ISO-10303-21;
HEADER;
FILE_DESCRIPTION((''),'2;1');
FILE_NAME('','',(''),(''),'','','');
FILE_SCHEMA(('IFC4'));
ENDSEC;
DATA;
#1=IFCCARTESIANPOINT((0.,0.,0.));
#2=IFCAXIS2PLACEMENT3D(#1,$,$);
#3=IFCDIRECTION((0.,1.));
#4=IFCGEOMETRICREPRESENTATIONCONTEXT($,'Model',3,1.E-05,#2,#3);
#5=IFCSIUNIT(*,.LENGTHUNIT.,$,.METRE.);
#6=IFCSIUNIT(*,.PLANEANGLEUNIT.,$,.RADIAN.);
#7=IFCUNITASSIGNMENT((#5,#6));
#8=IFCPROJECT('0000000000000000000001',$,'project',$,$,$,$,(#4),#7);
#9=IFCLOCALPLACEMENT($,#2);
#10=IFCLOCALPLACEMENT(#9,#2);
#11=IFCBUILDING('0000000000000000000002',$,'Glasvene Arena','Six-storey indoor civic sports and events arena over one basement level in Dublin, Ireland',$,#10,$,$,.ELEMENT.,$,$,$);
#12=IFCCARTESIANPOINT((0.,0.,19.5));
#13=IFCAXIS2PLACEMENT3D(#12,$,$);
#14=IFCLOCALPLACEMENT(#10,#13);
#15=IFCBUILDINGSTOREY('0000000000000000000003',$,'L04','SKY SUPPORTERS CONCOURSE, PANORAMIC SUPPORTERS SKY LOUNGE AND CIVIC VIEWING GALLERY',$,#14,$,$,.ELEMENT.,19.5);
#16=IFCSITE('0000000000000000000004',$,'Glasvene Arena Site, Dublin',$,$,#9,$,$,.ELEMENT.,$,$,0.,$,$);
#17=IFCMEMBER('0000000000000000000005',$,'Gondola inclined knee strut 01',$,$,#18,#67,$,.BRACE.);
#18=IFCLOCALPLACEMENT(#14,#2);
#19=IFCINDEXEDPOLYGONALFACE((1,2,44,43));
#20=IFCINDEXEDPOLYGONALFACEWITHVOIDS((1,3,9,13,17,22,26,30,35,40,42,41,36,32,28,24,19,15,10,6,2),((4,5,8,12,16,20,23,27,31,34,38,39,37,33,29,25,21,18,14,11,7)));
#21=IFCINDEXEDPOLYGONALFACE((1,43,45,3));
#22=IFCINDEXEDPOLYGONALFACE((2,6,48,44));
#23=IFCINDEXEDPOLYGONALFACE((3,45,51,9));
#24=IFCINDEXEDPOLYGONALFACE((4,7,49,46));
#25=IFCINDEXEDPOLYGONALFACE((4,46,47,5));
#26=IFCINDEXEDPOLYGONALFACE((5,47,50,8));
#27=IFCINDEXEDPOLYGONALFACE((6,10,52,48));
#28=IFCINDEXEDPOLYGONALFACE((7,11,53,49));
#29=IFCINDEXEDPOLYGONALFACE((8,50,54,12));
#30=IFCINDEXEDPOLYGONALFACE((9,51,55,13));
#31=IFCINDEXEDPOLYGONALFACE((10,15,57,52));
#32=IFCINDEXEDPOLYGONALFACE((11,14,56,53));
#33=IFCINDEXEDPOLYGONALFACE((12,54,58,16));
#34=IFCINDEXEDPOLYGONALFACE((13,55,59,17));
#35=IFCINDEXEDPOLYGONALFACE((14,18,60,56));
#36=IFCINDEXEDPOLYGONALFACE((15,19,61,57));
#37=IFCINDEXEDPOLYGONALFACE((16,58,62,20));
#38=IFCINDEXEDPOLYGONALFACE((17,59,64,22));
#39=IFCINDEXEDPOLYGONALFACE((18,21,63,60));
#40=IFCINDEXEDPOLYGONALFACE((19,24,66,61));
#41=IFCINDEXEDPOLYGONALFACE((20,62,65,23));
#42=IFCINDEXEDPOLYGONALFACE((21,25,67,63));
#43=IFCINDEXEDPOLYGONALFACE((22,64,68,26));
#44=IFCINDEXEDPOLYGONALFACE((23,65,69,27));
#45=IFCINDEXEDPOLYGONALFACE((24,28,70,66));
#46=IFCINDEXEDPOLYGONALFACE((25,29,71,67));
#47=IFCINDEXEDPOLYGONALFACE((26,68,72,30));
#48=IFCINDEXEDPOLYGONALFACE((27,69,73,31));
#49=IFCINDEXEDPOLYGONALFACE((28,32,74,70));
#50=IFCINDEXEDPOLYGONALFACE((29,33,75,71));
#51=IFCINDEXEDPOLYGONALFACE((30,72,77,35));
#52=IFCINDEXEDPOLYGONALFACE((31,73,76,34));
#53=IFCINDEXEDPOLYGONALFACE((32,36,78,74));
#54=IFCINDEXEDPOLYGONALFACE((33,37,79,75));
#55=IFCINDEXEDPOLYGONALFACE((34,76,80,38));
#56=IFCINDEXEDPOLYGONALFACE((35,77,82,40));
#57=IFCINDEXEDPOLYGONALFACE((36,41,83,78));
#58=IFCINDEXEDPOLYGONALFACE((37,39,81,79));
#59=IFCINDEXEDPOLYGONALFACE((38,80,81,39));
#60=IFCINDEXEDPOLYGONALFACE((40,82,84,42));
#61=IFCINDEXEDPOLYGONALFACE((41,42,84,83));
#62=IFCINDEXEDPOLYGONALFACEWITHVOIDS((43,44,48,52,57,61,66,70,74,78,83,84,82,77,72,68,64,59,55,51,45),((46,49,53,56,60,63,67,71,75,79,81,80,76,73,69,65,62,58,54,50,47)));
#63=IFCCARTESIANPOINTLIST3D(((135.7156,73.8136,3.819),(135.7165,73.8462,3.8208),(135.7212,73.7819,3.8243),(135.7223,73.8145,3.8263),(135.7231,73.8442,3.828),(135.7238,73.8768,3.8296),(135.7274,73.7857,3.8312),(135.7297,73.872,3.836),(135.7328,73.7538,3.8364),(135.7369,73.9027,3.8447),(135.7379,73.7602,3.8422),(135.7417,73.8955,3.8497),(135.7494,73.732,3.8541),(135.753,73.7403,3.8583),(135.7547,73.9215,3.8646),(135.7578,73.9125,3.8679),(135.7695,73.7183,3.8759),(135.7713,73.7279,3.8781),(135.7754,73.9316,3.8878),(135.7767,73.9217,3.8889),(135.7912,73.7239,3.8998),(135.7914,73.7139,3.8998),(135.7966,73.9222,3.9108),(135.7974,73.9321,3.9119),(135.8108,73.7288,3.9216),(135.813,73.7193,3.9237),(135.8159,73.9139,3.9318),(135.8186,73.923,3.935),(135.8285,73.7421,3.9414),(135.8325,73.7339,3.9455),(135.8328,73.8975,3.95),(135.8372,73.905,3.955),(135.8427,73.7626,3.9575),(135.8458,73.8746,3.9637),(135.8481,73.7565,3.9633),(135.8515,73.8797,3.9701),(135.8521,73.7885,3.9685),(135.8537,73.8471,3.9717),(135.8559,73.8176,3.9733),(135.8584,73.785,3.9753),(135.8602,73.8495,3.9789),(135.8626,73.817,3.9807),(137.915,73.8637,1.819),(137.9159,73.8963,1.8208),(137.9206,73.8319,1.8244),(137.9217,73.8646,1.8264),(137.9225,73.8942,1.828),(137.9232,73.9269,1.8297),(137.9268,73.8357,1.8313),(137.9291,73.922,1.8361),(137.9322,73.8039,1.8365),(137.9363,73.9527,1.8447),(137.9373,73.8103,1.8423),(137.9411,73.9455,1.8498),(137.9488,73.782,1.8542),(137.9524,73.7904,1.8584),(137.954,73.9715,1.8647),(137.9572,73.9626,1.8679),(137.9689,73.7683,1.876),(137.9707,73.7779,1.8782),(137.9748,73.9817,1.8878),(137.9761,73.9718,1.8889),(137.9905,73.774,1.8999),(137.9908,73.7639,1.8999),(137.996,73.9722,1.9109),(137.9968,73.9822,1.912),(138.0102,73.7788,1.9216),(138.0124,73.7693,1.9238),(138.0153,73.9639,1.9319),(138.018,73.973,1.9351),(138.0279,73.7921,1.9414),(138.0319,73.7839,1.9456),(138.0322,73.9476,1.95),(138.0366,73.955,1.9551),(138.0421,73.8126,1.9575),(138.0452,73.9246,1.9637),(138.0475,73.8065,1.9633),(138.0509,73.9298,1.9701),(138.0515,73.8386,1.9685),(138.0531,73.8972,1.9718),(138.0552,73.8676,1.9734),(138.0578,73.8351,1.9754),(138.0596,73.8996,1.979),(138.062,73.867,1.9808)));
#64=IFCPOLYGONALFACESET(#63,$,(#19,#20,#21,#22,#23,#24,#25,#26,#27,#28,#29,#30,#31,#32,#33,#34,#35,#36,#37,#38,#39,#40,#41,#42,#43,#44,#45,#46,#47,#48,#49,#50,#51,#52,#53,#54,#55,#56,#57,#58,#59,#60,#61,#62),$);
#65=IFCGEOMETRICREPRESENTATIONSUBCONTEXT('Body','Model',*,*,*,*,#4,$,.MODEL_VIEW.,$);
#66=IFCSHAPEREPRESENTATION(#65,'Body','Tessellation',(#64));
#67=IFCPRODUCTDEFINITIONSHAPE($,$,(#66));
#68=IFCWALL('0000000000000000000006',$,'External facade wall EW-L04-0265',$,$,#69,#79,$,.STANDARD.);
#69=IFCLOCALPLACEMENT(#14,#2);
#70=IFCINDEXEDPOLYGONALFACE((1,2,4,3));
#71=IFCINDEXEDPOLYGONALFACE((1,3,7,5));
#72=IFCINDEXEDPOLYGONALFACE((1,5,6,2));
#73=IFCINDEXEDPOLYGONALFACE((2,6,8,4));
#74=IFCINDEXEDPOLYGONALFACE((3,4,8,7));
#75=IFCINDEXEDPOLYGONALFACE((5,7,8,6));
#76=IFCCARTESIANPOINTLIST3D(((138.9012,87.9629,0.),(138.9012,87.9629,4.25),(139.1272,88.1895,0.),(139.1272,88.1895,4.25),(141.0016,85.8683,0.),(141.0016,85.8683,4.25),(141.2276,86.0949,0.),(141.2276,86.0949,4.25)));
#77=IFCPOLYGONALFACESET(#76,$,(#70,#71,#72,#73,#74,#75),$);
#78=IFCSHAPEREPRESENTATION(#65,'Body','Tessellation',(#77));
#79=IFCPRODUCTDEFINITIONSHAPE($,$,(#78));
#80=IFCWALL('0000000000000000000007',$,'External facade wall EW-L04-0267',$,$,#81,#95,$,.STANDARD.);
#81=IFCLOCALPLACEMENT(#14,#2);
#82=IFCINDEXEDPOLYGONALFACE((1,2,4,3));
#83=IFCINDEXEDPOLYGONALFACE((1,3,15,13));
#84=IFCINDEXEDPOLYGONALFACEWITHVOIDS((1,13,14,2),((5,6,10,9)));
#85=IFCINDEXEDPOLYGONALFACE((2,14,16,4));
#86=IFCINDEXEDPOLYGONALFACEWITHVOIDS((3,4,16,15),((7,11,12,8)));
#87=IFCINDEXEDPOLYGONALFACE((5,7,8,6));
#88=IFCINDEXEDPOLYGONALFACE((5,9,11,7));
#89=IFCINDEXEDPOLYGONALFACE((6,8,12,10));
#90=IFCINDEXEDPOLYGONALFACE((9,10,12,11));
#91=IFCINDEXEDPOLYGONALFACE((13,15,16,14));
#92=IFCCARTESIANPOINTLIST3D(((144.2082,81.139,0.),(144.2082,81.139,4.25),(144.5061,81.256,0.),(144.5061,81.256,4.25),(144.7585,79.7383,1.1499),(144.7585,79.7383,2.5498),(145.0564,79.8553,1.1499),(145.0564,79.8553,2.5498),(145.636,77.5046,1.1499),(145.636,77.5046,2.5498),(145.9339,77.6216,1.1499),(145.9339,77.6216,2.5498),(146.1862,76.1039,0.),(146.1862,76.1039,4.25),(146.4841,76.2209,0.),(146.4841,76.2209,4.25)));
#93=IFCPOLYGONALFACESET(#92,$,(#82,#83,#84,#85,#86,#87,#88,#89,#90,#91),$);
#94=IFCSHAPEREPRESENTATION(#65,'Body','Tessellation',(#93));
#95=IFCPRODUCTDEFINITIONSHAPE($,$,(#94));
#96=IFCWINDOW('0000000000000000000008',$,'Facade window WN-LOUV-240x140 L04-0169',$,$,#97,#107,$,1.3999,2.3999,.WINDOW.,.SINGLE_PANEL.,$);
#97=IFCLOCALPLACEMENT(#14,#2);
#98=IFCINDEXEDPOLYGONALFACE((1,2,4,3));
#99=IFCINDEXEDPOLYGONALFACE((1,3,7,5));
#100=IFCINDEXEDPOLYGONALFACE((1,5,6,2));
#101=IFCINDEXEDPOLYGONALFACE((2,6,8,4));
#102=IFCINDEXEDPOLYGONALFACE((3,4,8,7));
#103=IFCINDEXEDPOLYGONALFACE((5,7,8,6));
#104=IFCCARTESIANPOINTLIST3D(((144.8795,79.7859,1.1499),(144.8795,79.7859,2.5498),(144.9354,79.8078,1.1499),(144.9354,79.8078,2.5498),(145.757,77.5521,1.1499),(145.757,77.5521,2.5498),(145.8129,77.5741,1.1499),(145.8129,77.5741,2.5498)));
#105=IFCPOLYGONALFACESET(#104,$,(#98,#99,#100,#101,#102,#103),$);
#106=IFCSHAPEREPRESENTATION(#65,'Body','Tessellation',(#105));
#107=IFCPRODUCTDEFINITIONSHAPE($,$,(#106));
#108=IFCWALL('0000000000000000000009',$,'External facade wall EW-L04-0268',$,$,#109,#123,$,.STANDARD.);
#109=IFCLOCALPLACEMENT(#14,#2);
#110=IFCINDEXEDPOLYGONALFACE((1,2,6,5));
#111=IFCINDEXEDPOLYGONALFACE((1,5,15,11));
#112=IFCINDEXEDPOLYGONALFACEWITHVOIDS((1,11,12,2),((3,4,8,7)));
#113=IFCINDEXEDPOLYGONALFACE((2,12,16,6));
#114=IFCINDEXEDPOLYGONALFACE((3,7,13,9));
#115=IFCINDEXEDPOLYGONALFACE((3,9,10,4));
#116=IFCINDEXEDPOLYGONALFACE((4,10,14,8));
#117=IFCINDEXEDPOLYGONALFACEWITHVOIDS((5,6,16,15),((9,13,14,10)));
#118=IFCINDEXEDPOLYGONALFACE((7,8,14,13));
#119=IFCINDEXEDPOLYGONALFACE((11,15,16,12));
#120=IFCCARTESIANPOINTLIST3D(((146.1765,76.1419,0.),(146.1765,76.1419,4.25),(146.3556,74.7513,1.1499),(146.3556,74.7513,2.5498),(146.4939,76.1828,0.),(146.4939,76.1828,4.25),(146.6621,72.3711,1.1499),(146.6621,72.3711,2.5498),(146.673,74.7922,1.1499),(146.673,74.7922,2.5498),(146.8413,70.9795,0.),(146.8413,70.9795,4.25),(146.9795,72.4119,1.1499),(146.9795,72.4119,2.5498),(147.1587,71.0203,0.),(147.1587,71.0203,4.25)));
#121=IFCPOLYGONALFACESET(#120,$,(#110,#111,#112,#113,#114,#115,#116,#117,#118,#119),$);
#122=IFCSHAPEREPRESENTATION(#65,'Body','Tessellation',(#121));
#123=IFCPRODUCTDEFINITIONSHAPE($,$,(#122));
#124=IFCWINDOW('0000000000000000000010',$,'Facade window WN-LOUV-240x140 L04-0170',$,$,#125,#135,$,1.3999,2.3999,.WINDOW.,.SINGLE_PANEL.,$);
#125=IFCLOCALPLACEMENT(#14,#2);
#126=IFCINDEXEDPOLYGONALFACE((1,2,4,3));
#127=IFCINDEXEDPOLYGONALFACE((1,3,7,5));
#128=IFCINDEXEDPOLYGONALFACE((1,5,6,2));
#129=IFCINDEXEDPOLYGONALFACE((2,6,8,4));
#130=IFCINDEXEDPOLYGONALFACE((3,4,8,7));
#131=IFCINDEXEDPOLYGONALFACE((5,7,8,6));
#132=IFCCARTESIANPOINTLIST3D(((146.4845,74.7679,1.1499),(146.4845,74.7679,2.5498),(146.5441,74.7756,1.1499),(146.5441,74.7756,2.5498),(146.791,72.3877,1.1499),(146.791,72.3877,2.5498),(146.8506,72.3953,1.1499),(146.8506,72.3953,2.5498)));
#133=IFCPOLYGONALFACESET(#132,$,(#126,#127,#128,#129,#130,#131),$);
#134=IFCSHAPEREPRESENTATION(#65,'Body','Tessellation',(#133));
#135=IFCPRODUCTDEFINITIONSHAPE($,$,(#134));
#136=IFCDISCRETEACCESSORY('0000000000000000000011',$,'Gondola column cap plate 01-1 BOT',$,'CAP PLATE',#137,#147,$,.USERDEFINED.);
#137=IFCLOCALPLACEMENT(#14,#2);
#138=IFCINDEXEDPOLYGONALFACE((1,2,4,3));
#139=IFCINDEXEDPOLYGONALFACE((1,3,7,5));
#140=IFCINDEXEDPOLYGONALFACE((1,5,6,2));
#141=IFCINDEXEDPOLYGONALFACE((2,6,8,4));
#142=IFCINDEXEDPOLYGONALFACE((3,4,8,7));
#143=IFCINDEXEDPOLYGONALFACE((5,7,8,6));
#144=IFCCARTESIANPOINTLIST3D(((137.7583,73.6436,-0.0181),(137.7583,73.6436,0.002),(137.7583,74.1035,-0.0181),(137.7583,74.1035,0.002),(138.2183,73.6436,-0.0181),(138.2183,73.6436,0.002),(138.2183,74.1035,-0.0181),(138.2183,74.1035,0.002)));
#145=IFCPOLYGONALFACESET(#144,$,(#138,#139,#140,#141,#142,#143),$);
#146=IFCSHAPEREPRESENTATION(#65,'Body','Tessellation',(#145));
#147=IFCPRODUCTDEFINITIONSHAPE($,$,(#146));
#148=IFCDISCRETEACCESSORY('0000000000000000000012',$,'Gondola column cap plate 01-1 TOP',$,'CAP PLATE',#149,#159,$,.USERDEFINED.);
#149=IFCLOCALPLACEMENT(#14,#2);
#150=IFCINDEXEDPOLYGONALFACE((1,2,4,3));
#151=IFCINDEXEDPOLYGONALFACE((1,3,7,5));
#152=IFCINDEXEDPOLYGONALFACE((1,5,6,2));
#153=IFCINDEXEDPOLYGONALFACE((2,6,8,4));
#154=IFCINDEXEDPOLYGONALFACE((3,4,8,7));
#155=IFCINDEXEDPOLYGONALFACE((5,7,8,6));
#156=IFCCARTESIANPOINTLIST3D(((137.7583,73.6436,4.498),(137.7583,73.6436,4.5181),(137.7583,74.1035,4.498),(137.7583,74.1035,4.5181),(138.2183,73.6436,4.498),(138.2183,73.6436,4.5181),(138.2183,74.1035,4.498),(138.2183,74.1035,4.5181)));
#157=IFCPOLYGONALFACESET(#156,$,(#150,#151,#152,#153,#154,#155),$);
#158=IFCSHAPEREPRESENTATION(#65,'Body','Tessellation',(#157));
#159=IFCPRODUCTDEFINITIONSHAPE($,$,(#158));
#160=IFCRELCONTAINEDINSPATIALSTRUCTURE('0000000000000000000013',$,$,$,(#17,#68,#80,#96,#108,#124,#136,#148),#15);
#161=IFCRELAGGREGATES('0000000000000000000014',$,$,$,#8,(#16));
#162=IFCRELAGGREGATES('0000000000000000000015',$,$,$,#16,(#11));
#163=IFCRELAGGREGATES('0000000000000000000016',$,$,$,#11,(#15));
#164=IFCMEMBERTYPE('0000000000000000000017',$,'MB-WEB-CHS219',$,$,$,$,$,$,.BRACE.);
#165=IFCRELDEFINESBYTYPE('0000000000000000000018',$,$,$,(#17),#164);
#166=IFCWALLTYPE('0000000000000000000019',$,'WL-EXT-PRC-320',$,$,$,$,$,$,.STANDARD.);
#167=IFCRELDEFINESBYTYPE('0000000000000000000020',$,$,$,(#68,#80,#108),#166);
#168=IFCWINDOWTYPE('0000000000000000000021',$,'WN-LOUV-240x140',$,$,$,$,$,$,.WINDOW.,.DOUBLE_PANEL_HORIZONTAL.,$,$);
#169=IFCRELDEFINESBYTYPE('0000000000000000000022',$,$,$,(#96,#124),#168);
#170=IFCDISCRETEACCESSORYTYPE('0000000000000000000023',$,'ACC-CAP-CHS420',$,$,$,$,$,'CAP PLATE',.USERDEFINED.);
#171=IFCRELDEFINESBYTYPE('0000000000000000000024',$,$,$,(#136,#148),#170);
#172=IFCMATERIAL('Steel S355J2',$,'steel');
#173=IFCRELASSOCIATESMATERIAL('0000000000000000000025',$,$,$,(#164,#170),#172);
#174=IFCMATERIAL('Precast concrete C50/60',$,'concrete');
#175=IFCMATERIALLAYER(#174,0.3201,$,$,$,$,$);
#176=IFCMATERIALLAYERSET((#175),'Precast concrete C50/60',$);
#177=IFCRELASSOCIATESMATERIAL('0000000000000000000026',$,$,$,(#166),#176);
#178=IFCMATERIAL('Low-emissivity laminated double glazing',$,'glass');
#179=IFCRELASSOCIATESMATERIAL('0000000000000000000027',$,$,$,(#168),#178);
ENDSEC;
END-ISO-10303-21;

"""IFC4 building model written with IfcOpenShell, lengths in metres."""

from ifc_helpers import new_model, si_unit, direction, frame, frame_2d, origin, origin_2d, place, context, subcontext, project, spatial, rectangle, hollow_circle, extrude, material, layer, layer_set, material_profile, profile_set, type_object, element, fill, save


model = new_model("IFC4")

# Units and contexts
model_context = context("Model", 3, precision=1e-05, world=origin(), true_north=direction((0.0, 1.0)))
body_context = subcontext(model_context, "Body", "Model", "MODEL_VIEW")
ifc_project = project(units=[si_unit("LENGTHUNIT", "METRE"), si_unit("PLANEANGLEUNIT", "RADIAN")], contexts=[model_context])

# Site, building, storey
site_placement = place(None, origin())
site = spatial("IfcSite", under=ifc_project, at=site_placement, Name="Glasvene Arena Site, Dublin", CompositionType="ELEMENT", RefElevation=0.0)
building_placement = place(site_placement, origin())
building = spatial("IfcBuilding", under=site, at=building_placement, Name="Glasvene Arena", Description="Six-storey indoor civic sports and events arena over one basement level in Dublin, Ireland", CompositionType="ELEMENT")
storey_placement = place(building_placement, frame((0.0, 0.0, 19.5)))
storey = spatial("IfcBuildingStorey", under=building, at=storey_placement, Name="L04", Description="SKY SUPPORTERS CONCOURSE, PANORAMIC SUPPORTERS SKY LOUNGE AND CIVIC VIEWING GALLERY", CompositionType="ELEMENT", Elevation=19.5)

# Shared definitions
ifc_material_1 = material(Name="Steel S355J2", Category="steel")

# Member
ifc_material_profile_1 = material_profile(ifc_material_1, hollow_circle(Radius=0.1096, WallThickness=0.01, at=origin_2d()), Name="CHS 219.1x10.0")
ifc_profile_set_1 = profile_set([ifc_material_profile_1], Name="Steel S355J2")
member_type = type_object("IfcMemberType", Name="MB-WEB-CHS219", PredefinedType="BRACE", material=ifc_profile_set_1)
member_placement = place(storey_placement, frame((137.9883, 73.8735, 1.8999), z_axis=(-0.739753, -0.016833, 0.672667), x_axis=(0.022749, -0.999741, 0.0)))
element("IfcMember", 1, at=member_placement, inside=storey, type_object=member_type, Name="Gondola inclined knee strut 01", PredefinedType="BRACE", context=body_context, shape_type="SweptSolid", body=[
    extrude(hollow_circle(Radius=0.1096, WallThickness=0.01, at=origin_2d()), origin(), (0.0, 0.0, 1.0), 2.9731),
])

# Wall
ifc_material_2 = material(Name="Precast concrete C50/60", Category="concrete")
ifc_layer_1 = layer(ifc_material_2, 0.3201)
ifc_layer_set_1 = layer_set([ifc_layer_1], Name="Precast concrete C50/60")
wall_type = type_object("IfcWallType", Name="WL-EXT-PRC-320", PredefinedType="STANDARD", material=ifc_layer_set_1)
wall_1_placement = place(storey_placement, frame((139.0142, 88.0762, 0.0), z_axis=(0.0, 0.0, 1.0), x_axis=(0.708094, -0.706118, 0.0)))
element("IfcWall", 2, at=wall_1_placement, inside=storey, type_object=wall_type, Name="External facade wall EW-L04-0265", PredefinedType="STANDARD", context=body_context, shape_type="SweptSolid", body=[
    extrude(rectangle(XDim=2.9663, YDim=0.3201, at=frame_2d((1.4832, 0.0))), origin(), (0.0, 0.0, 1.0), 4.25),
])

# Walls, openings, windows
wall_2_placement = place(storey_placement, frame((144.3572, 81.1975, 0.0), z_axis=(0.0, 0.0, 1.0), x_axis=(0.365641, -0.930756, 0.0)))
wall_2 = element("IfcWall", 3, at=wall_2_placement, inside=storey, type_object=wall_type, Name="External facade wall EW-L04-0267", PredefinedType="STANDARD", context=body_context, shape_type="SweptSolid", body=[
    extrude(rectangle(XDim=5.4097, YDim=0.3201, at=frame_2d((2.7048, 0.0))), origin(), (0.0, 0.0, 1.0), 4.25),
])
opening_1_placement = place(wall_2_placement, frame((1.5049, 0.0, 1.1499)))
opening_1 = element("IfcOpeningElement", 4, at=opening_1_placement, cuts=wall_2, PredefinedType="OPENING", context=body_context, shape_type="SweptSolid", body=[
    extrude(rectangle(XDim=2.3999, YDim=1.3999, at=frame_2d((1.2, 0.7))), frame((0.0, 0.1699, 0.0), z_axis=(0.0, -1.0, 0.0), x_axis=(1.0, 0.0, 0.0)), (0.0, 0.0, 1.0), 0.3401),
])
ifc_material_3 = material(Name="Low-emissivity laminated double glazing", Category="glass")
window_type = type_object("IfcWindowType", Name="WN-LOUV-240x140", PartitioningType="DOUBLE_PANEL_HORIZONTAL", PredefinedType="WINDOW", material=ifc_material_3)
window_1_placement = place(opening_1_placement, origin())
window_1 = element("IfcWindow", 5, at=window_1_placement, inside=storey, type_object=window_type, Name="Facade window WN-LOUV-240x140 L04-0169", OverallHeight=1.3999, OverallWidth=2.3999, PartitioningType="SINGLE_PANEL", PredefinedType="WINDOW", context=body_context, shape_type="SweptSolid", body=[
    extrude(rectangle(XDim=2.3999, YDim=1.3999, at=frame_2d((1.2, 0.7))), frame((0.0, 0.03, 0.0), z_axis=(0.0, -1.0, 0.0), x_axis=(1.0, 0.0, 0.0)), (0.0, 0.0, 1.0), 0.0601),
])
fill(opening_1, window_1)
wall_3_placement = place(storey_placement, frame((146.3352, 76.1624, 0.0), z_axis=(0.0, 0.0, 1.0), x_axis=(0.127723, -0.99181, 0.0)))
wall_3 = element("IfcWall", 6, at=wall_3_placement, inside=storey, type_object=wall_type, Name="External facade wall EW-L04-0268", PredefinedType="STANDARD", context=body_context, shape_type="SweptSolid", body=[
    extrude(rectangle(XDim=5.2051, YDim=0.3201, at=frame_2d((2.6025, 0.0))), origin(), (0.0, 0.0, 1.0), 4.25),
])
opening_2_placement = place(wall_3_placement, frame((1.4021, 0.0, 1.1499)))
opening_2 = element("IfcOpeningElement", 7, at=opening_2_placement, cuts=wall_3, PredefinedType="OPENING", context=body_context, shape_type="SweptSolid", body=[
    extrude(rectangle(XDim=2.3999, YDim=1.3999, at=frame_2d((1.2, 0.7))), frame((0.0, 0.1699, 0.0), z_axis=(0.0, -1.0, 0.0), x_axis=(1.0, 0.0, 0.0)), (0.0, 0.0, 1.0), 0.3401),
])
window_2_placement = place(opening_2_placement, origin())
window_2 = element("IfcWindow", 8, at=window_2_placement, inside=storey, type_object=window_type, Name="Facade window WN-LOUV-240x140 L04-0170", OverallHeight=1.3999, OverallWidth=2.3999, PartitioningType="SINGLE_PANEL", PredefinedType="WINDOW", context=body_context, shape_type="SweptSolid", body=[
    extrude(rectangle(XDim=2.3999, YDim=1.3999, at=frame_2d((1.2, 0.7))), frame((0.0, 0.03, 0.0), z_axis=(0.0, -1.0, 0.0), x_axis=(1.0, 0.0, 0.0)), (0.0, 0.0, 1.0), 0.0601),
])
fill(opening_2, window_2)

# Discrete accessories
discrete_accessory_type = type_object("IfcDiscreteAccessoryType", Name="ACC-CAP-CHS420", ElementType="CAP PLATE", PredefinedType="USERDEFINED", material=ifc_material_1)
for number, where, z_axis, x_axis, name in (
    (9, (137.9883, 73.8735, -0.0181), (0.0, 0.0, 1.0), (1.0, 0.0, 0.0), "Gondola column cap plate 01-1 BOT"),
    (10, (137.9883, 73.8735, 4.498), (0.0, 0.0, 1.0), (1.0, 0.0, 0.0), "Gondola column cap plate 01-1 TOP"),
):
    element("IfcDiscreteAccessory", number, at=place(storey_placement, frame(where, z_axis=z_axis, x_axis=x_axis)), inside=storey, type_object=discrete_accessory_type, Name=name, ObjectType="CAP PLATE", PredefinedType="USERDEFINED", context=body_context, shape_type="SweptSolid", body=[
        extrude(rectangle(XDim=0.46, YDim=0.46, at=origin_2d()), origin(), (0.0, 0.0, 1.0), 0.02),
    ])

save(model, "model.ifc")
